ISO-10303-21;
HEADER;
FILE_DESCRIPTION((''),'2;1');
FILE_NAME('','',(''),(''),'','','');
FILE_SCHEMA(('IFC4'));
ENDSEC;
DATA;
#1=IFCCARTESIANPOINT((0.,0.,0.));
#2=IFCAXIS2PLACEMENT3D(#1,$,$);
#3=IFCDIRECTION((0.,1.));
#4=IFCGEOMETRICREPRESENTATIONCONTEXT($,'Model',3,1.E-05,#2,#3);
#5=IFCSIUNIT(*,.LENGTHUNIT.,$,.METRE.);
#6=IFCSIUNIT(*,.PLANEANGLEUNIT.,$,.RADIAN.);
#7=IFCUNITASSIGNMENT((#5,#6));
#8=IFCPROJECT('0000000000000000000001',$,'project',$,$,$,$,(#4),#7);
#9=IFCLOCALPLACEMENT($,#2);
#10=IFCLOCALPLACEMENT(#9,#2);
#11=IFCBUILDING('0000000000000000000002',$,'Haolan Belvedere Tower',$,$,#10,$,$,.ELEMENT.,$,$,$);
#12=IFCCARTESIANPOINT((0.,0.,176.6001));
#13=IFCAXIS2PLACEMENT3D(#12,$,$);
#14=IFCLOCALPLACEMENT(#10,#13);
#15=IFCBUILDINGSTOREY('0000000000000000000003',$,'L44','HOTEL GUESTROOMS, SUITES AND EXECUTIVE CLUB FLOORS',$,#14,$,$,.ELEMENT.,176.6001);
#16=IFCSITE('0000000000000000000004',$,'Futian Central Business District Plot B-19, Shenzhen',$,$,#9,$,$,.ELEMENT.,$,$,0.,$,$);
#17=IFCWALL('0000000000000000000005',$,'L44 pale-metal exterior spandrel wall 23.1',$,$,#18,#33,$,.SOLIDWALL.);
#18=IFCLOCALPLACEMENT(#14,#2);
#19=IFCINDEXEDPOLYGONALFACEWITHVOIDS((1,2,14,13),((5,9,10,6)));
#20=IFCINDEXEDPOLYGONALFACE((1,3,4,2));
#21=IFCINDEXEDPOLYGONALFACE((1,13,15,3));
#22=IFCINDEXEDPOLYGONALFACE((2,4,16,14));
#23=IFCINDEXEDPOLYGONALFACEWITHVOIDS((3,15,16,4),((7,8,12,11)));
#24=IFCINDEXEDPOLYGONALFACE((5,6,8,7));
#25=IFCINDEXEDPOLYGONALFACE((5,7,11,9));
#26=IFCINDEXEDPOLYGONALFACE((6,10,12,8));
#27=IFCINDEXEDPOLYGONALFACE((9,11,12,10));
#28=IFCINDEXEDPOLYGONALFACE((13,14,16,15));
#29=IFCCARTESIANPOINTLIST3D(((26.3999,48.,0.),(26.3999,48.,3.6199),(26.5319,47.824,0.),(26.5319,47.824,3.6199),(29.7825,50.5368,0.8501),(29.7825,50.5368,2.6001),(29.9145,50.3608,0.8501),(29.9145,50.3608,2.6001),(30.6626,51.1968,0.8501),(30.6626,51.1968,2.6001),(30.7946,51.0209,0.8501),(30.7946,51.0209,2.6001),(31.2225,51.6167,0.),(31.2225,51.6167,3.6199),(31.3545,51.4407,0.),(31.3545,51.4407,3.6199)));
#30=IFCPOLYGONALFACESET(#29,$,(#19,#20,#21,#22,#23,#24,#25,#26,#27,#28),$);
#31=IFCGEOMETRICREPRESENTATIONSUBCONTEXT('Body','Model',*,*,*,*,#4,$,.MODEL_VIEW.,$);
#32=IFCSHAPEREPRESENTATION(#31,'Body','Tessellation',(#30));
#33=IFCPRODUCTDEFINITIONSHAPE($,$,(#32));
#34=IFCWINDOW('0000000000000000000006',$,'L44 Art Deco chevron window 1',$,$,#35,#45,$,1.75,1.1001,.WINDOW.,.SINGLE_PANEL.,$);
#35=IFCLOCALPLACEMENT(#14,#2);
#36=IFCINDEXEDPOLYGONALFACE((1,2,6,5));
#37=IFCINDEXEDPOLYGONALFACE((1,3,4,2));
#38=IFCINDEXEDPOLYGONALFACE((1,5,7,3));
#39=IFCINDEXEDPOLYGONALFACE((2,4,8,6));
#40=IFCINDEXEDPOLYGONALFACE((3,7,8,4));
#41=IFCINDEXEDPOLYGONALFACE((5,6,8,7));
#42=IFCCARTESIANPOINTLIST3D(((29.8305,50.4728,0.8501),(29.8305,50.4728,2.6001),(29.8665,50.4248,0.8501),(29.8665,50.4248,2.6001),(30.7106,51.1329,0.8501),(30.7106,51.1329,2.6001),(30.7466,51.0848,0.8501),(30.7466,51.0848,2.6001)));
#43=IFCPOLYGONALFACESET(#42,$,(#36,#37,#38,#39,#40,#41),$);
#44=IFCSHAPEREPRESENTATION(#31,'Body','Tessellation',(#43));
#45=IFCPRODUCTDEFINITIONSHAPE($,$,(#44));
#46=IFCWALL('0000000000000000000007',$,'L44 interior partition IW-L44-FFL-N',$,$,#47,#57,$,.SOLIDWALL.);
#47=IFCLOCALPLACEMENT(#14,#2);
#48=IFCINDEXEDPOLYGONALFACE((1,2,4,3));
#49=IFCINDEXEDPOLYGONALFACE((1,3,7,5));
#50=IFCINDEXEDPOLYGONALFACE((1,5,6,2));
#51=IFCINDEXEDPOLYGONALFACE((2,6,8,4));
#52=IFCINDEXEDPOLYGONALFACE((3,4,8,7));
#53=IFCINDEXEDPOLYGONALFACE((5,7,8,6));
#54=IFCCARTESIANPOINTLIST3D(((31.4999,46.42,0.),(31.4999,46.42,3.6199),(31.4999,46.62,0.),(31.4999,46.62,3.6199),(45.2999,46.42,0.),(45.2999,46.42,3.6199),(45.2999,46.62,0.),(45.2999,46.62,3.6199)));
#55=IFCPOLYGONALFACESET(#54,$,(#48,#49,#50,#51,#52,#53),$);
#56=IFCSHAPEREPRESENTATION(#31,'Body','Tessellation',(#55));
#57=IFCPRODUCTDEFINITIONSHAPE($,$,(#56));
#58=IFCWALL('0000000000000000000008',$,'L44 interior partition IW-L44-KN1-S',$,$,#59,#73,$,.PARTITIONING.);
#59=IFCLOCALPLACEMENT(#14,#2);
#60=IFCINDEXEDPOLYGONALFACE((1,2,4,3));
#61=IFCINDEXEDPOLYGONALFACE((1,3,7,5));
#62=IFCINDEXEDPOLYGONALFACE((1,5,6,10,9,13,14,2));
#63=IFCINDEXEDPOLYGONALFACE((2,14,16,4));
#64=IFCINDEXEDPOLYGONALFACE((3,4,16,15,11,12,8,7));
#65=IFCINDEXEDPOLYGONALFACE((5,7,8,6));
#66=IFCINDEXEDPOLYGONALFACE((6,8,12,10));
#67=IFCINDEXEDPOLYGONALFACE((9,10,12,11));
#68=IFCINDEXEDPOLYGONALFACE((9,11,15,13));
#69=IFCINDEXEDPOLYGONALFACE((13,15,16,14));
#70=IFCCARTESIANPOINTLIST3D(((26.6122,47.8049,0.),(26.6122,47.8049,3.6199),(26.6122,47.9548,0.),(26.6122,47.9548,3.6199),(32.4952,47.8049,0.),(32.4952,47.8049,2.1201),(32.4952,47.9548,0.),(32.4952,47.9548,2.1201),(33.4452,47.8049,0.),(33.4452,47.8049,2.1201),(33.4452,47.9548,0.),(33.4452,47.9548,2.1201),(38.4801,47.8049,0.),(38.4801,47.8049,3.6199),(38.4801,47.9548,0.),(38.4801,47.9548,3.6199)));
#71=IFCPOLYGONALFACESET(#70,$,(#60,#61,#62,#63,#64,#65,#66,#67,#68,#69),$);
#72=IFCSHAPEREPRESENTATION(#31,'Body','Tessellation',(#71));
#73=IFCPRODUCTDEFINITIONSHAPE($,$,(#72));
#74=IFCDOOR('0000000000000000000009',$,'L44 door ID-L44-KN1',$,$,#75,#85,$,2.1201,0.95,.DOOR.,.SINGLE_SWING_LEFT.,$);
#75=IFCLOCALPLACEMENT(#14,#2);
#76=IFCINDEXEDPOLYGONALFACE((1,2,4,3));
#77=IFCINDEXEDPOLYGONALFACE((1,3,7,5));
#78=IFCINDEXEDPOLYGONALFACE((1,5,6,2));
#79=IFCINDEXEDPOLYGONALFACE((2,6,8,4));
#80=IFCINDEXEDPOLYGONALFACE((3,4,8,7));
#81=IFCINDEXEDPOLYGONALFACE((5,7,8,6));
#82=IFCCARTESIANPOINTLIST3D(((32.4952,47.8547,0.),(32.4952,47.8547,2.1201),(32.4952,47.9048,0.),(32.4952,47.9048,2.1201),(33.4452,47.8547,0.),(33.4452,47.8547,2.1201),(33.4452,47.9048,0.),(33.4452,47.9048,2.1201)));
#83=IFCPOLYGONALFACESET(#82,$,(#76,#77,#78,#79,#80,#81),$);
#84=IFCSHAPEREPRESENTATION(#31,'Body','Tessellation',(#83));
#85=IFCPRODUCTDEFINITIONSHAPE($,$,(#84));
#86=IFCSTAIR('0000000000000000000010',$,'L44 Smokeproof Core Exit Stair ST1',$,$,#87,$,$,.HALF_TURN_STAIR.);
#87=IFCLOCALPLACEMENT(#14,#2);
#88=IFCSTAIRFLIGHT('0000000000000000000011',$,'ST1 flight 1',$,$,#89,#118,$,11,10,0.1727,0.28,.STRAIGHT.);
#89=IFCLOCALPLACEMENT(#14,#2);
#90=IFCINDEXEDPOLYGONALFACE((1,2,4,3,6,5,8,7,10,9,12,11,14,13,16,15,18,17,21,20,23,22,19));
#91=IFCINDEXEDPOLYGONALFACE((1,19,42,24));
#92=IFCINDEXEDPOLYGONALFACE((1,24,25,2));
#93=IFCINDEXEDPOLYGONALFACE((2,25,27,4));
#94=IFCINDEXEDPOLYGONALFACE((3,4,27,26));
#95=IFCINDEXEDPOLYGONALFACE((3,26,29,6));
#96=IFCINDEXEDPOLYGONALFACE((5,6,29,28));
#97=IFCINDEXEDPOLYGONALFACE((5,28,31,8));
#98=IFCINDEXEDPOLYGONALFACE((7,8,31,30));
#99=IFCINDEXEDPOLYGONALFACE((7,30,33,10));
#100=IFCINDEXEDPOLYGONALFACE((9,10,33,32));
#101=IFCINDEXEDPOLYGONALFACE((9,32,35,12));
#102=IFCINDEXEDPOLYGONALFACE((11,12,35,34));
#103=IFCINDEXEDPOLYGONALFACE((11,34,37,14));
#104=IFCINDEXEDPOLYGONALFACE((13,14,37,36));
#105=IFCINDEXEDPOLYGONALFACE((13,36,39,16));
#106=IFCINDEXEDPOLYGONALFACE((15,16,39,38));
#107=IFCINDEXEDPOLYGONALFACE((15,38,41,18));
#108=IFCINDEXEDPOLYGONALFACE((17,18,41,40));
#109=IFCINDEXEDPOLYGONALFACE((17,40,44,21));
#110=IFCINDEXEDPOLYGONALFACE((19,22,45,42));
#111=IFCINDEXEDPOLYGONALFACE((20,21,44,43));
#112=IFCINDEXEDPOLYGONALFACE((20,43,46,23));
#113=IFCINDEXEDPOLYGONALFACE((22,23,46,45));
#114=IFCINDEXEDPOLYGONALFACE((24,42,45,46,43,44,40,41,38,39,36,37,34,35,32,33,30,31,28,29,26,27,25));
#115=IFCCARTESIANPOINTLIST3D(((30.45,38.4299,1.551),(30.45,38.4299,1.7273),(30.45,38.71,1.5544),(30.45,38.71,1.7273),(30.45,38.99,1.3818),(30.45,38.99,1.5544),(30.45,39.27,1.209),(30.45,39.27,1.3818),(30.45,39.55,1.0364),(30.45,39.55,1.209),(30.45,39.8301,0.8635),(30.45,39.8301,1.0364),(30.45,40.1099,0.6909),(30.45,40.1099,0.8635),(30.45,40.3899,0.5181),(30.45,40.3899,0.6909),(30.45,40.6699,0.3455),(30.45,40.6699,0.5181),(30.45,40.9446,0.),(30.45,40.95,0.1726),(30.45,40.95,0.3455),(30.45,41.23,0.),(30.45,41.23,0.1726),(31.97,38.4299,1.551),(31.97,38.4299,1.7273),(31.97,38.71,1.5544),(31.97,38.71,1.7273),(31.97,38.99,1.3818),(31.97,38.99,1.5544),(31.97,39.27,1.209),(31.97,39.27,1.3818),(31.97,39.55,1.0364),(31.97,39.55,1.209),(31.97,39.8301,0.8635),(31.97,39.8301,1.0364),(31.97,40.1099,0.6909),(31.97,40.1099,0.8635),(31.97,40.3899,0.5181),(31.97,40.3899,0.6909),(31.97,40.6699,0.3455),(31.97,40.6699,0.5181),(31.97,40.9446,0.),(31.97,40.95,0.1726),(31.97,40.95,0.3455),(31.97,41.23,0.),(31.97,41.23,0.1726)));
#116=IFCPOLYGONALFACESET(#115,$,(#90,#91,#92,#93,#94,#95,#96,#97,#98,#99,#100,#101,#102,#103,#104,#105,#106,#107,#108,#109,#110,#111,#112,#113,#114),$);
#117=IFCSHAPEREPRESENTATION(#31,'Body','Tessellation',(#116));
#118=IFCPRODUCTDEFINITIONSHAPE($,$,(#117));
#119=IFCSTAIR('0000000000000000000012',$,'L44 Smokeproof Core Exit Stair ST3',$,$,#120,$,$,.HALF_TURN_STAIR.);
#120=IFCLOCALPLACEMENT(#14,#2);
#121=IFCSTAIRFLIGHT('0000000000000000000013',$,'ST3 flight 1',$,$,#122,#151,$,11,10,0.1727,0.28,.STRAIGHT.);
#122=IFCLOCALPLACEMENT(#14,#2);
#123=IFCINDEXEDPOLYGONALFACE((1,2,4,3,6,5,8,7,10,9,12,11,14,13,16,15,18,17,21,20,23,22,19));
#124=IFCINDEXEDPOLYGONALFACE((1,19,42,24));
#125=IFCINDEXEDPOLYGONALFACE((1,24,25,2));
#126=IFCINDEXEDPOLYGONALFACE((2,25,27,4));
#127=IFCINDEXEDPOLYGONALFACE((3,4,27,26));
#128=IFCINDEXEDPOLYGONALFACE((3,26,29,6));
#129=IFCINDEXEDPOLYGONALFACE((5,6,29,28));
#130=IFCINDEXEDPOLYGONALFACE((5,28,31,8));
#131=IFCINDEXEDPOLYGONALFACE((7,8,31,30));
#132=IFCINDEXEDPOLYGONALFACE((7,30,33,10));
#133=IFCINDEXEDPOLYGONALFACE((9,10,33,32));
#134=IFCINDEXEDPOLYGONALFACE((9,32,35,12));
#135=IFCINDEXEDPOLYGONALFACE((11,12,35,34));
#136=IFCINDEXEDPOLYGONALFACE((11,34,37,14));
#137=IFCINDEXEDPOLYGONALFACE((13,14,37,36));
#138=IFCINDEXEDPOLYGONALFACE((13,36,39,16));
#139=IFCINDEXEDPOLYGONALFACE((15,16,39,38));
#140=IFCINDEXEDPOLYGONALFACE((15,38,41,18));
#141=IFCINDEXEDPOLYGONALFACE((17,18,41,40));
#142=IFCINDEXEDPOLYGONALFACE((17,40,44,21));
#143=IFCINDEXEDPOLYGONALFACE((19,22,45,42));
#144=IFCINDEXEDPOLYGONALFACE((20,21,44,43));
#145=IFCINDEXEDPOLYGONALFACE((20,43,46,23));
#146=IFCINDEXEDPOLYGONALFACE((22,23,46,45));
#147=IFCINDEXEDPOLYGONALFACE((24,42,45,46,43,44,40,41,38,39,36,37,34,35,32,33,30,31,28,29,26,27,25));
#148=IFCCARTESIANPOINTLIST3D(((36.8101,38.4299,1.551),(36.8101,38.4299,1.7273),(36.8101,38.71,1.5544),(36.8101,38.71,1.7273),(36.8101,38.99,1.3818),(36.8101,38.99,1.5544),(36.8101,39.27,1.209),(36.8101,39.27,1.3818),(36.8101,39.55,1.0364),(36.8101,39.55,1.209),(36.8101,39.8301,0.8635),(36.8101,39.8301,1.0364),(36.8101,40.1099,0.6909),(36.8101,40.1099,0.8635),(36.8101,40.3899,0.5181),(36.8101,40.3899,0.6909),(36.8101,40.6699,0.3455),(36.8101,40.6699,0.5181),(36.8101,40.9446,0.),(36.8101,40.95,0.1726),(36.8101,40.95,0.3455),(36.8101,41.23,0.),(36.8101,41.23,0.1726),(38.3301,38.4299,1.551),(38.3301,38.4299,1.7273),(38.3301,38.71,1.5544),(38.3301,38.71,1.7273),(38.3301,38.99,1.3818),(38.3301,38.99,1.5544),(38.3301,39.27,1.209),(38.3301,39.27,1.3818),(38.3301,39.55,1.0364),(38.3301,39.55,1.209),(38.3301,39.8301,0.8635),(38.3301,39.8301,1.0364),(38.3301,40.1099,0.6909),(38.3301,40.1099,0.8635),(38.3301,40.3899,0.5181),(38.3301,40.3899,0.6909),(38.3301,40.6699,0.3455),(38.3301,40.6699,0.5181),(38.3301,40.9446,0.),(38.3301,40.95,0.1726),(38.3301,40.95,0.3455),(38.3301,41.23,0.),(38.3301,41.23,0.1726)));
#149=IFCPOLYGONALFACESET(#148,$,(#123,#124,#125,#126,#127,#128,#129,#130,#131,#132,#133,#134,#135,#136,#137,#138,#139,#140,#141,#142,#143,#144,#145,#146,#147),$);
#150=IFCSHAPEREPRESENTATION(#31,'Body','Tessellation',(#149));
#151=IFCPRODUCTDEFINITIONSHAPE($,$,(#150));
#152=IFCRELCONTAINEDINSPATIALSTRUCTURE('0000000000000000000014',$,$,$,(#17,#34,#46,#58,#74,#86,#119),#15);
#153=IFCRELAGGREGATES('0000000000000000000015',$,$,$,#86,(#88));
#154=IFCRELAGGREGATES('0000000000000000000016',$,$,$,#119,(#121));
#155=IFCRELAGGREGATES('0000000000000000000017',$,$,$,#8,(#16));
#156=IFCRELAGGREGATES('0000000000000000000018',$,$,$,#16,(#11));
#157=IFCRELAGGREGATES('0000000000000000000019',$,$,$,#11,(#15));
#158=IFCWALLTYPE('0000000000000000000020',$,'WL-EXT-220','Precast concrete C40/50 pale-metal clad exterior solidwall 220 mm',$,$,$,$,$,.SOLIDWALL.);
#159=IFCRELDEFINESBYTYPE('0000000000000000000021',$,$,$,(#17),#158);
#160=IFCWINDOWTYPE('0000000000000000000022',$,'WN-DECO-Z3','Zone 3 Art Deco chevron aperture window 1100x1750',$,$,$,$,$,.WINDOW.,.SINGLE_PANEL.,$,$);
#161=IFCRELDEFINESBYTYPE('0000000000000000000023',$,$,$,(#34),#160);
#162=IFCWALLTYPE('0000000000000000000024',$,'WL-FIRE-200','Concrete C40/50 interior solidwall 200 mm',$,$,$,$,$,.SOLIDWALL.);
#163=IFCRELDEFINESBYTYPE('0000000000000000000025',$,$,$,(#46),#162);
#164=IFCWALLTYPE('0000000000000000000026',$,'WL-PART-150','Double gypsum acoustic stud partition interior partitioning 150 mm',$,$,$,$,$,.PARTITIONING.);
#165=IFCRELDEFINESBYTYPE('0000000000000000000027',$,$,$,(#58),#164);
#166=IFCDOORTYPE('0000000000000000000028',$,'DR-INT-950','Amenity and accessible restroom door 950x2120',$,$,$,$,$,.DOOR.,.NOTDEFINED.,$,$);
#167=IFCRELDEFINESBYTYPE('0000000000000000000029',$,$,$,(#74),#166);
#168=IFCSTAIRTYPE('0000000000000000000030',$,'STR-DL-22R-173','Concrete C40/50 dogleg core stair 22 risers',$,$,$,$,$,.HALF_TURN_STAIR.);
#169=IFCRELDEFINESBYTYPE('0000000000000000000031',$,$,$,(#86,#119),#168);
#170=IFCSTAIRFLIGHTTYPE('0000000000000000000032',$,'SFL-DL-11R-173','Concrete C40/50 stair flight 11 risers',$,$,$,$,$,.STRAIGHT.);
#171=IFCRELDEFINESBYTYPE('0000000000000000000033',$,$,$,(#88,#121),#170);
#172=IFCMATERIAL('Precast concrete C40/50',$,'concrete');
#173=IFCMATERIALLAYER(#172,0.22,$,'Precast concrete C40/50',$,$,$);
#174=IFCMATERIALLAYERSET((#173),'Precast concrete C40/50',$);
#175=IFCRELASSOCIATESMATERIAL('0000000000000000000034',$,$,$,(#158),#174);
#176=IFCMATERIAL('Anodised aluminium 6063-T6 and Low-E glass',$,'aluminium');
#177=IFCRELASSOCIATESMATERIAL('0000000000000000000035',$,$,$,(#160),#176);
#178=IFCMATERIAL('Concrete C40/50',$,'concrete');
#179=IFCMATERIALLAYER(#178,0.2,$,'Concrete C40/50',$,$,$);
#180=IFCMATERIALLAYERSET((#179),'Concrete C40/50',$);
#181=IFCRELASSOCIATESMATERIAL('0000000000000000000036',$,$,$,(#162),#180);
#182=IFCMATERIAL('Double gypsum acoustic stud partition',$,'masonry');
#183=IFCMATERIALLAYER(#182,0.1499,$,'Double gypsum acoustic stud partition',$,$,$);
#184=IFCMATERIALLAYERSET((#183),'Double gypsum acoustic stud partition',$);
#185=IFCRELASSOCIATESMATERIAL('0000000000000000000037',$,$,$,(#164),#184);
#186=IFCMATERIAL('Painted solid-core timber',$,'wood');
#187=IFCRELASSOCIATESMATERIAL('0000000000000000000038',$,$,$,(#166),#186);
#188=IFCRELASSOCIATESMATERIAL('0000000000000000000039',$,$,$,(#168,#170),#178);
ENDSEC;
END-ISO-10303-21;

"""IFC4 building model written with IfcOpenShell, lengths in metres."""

from ifc_helpers import new_model, si_unit, direction, frame, frame_2d, origin, place, context, subcontext, project, spatial, polyline, rectangle, outline, extrude, material, layer, layer_set, type_object, element, fill, aggregate, save


model = new_model("IFC4")

# Units and contexts
model_context = context("Model", 3, precision=1e-05, world=origin(), true_north=direction((0.0, 1.0)))
body_context = subcontext(model_context, "Body", "Model", "MODEL_VIEW")
ifc_project = project(units=[si_unit("LENGTHUNIT", "METRE"), si_unit("PLANEANGLEUNIT", "RADIAN")], contexts=[model_context])

# Site, building, storey
site_placement = place(None, origin())
site = spatial("IfcSite", under=ifc_project, at=site_placement, Name="Futian Central Business District Plot B-19, Shenzhen", CompositionType="ELEMENT", RefElevation=0.0)
building_placement = place(site_placement, origin())
building = spatial("IfcBuilding", under=site, at=building_placement, Name="Haolan Belvedere Tower", CompositionType="ELEMENT")
storey_placement = place(building_placement, frame((0.0, 0.0, 176.6001)))
storey = spatial("IfcBuildingStorey", under=building, at=storey_placement, Name="L44", Description="HOTEL GUESTROOMS, SUITES AND EXECUTIVE CLUB FLOORS", CompositionType="ELEMENT", Elevation=176.6001)

# Wall, opening, window
ifc_material_1 = material(Name="Precast concrete C40/50", Category="concrete")
ifc_layer_1 = layer(ifc_material_1, 0.22, Name="Precast concrete C40/50")
ifc_layer_set_1 = layer_set([ifc_layer_1], Name="Precast concrete C40/50")
wall_type_1 = type_object("IfcWallType", Name="WL-EXT-220", Description="Precast concrete C40/50 pale-metal clad exterior solidwall 220 mm", PredefinedType="SOLIDWALL", material=ifc_layer_set_1)
wall_1_placement = place(storey_placement, frame((31.2886, 51.5288, 0.0), z_axis=(0.0, 0.0, 1.0), x_axis=(-0.800015, -0.599981, 0.0)))
wall_1 = element("IfcWall", 1, at=wall_1_placement, inside=storey, type_object=wall_type_1, Name="L44 pale-metal exterior spandrel wall 23.1", PredefinedType="SOLIDWALL", context=body_context, shape_type="SweptSolid", body=[
    extrude(rectangle(XDim=6.0281, YDim=0.22, at=frame_2d((3.0142, 0.0))), origin(), (0.0, 0.0, 1.0), 3.6199),
])
opening_1_placement = place(wall_1_placement, frame((0.7, 0.0, 0.8501)))
opening_1 = element("IfcOpeningElement", 2, at=opening_1_placement, cuts=wall_1, PredefinedType="OPENING", context=body_context, shape_type="SweptSolid", body=[
    extrude(rectangle(XDim=1.1001, YDim=1.75, at=frame_2d((0.55, 0.875))), frame((0.0, 0.1199, 0.0), z_axis=(0.0, -1.0, 0.0), x_axis=(1.0, 0.0, 0.0)), (0.0, 0.0, 1.0), 0.24),
])
ifc_material_2 = material(Name="Anodised aluminium 6063-T6 and Low-E glass", Category="aluminium")
window_type = type_object("IfcWindowType", Name="WN-DECO-Z3", Description="Zone 3 Art Deco chevron aperture window 1100x1750", PartitioningType="SINGLE_PANEL", PredefinedType="WINDOW", material=ifc_material_2)
window_placement = place(opening_1_placement, origin())
window = element("IfcWindow", 3, at=window_placement, inside=storey, type_object=window_type, Name="L44 Art Deco chevron window 1", OverallHeight=1.75, OverallWidth=1.1001, PartitioningType="SINGLE_PANEL", PredefinedType="WINDOW", context=body_context, shape_type="SweptSolid", body=[
    extrude(rectangle(XDim=1.1001, YDim=1.75, at=frame_2d((0.55, 0.875))), frame((0.0, 0.03, 0.0), z_axis=(0.0, -1.0, 0.0), x_axis=(1.0, 0.0, 0.0)), (0.0, 0.0, 1.0), 0.0601),
])
fill(opening_1, window)

# Wall
ifc_material_3 = material(Name="Concrete C40/50", Category="concrete")
ifc_layer_2 = layer(ifc_material_3, 0.2, Name="Concrete C40/50")
ifc_layer_set_2 = layer_set([ifc_layer_2], Name="Concrete C40/50")
wall_type_2 = type_object("IfcWallType", Name="WL-FIRE-200", Description="Concrete C40/50 interior solidwall 200 mm", PredefinedType="SOLIDWALL", material=ifc_layer_set_2)
wall_2_placement = place(storey_placement, frame((31.5, 46.52, 0.0), z_axis=(0.0, 0.0, 1.0), x_axis=(1.0, 0.0, 0.0)))
element("IfcWall", 4, at=wall_2_placement, inside=storey, type_object=wall_type_2, Name="L44 interior partition IW-L44-FFL-N", PredefinedType="SOLIDWALL", context=body_context, shape_type="SweptSolid", body=[
    extrude(rectangle(XDim=13.8, YDim=0.2, at=frame_2d((6.8999, 0.0))), origin(), (0.0, 0.0, 1.0), 3.6199),
])

# Wall, opening, door
ifc_material_4 = material(Name="Double gypsum acoustic stud partition", Category="masonry")
ifc_layer_3 = layer(ifc_material_4, 0.1499, Name="Double gypsum acoustic stud partition")
ifc_layer_set_3 = layer_set([ifc_layer_3], Name="Double gypsum acoustic stud partition")
wall_type_3 = type_object("IfcWallType", Name="WL-PART-150", Description="Double gypsum acoustic stud partition interior partitioning 150 mm", PredefinedType="PARTITIONING", material=ifc_layer_set_3)
wall_3_placement = place(storey_placement, frame((26.6121, 47.8799, 0.0), z_axis=(0.0, 0.0, 1.0), x_axis=(1.0, 0.0, 0.0)))
wall_3 = element("IfcWall", 5, at=wall_3_placement, inside=storey, type_object=wall_type_3, Name="L44 interior partition IW-L44-KN1-S", PredefinedType="PARTITIONING", context=body_context, shape_type="SweptSolid", body=[
    extrude(rectangle(XDim=11.8679, YDim=0.1499, at=frame_2d((5.9341, 0.0))), origin(), (0.0, 0.0, 1.0), 3.6199),
])
opening_2_placement = place(wall_3_placement, frame((5.8831, 0.0, 0.0)))
opening_2 = element("IfcOpeningElement", 6, at=opening_2_placement, cuts=wall_3, PredefinedType="OPENING", context=body_context, shape_type="SweptSolid", body=[
    extrude(rectangle(XDim=0.95, YDim=2.1201, at=frame_2d((0.4751, 1.0601))), frame((0.0, 0.085, 0.0), z_axis=(0.0, -1.0, 0.0), x_axis=(1.0, 0.0, 0.0)), (0.0, 0.0, 1.0), 0.1699),
])
ifc_material_5 = material(Name="Painted solid-core timber", Category="wood")
door_type_1 = type_object("IfcDoorType", Name="DR-INT-950", Description="Amenity and accessible restroom door 950x2120", OperationType="NOTDEFINED", PredefinedType="DOOR", material=ifc_material_5)
door_1_placement = place(opening_2_placement, origin())
door_1 = element("IfcDoor", 7, at=door_1_placement, inside=storey, type_object=door_type_1, Name="L44 door ID-L44-KN1", OperationType="SINGLE_SWING_LEFT", OverallHeight=2.1201, OverallWidth=0.95, PredefinedType="DOOR", context=body_context, shape_type="SweptSolid", body=[
    extrude(rectangle(XDim=0.95, YDim=2.1201, at=frame_2d((0.4751, 1.0601))), frame((0.0, 0.0249, 0.0), z_axis=(0.0, -1.0, 0.0), x_axis=(1.0, 0.0, 0.0)), (0.0, 0.0, 1.0), 0.05),
])
fill(opening_2, door_1)

# Stairs, stair flights
stair_type = type_object("IfcStairType", Name="STR-DL-22R-173", Description="Concrete C40/50 dogleg core stair 22 risers", PredefinedType="HALF_TURN_STAIR", material=ifc_material_3)
stair_1_placement = place(storey_placement, origin())
stair_1 = element("IfcStair", 8, at=stair_1_placement, inside=storey, type_object=stair_type, Name="L44 Smokeproof Core Exit Stair ST1", PredefinedType="HALF_TURN_STAIR")
stair_flight_type = type_object("IfcStairFlightType", Name="SFL-DL-11R-173", Description="Concrete C40/50 stair flight 11 risers", PredefinedType="STRAIGHT", material=ifc_material_3)
stair_flight_1_placement = place(storey_placement, frame((31.21, 41.23, 0.0), z_axis=(0.0, 0.0, 1.0), x_axis=(0.0, -1.0, 0.0)))
stair_flight_1 = element("IfcStairFlight", 9, at=stair_flight_1_placement, type_object=stair_flight_type, Name="ST1 flight 1", NumberOfRisers=11, NumberOfTreads=10, PredefinedType="STRAIGHT", RiserHeight=0.1727, TreadLength=0.28, context=body_context, shape_type="SweptSolid", body=[
    extrude(outline(polyline([(0.0, 0.0), (0.0, 0.1726), (0.28, 0.1726), (0.28, 0.3455), (0.5601, 0.3455), (0.5601, 0.5181), (0.8401, 0.5181), (0.8401, 0.6909), (1.1201, 0.6909), (1.1201, 0.8635), (1.3999, 0.8635), (1.3999, 1.0364), (1.6799, 1.0364), (1.6799, 1.209), (1.96, 1.209), (1.96, 1.3818), (2.24, 1.3818), (2.24, 1.5544), (2.52, 1.5544), (2.52, 1.7273), (2.8, 1.7273), (2.8, 1.8999), (2.8, 1.551), (0.2854, 0.0), (0.0, 0.0)])), frame((0.0, 0.76, 0.0), z_axis=(0.0, -1.0, 0.0), x_axis=(1.0, 0.0, 0.0)), (0.0, 0.0, 1.0), 1.52),
])
aggregate(stair_1, [stair_flight_1])
stair_2_placement = place(storey_placement, origin())
stair_2 = element("IfcStair", 10, at=stair_2_placement, inside=storey, type_object=stair_type, Name="L44 Smokeproof Core Exit Stair ST3", PredefinedType="HALF_TURN_STAIR")
stair_flight_2_placement = place(storey_placement, frame((37.5701, 41.23, 0.0), z_axis=(0.0, 0.0, 1.0), x_axis=(0.0, -1.0, 0.0)))
stair_flight_2 = element("IfcStairFlight", 11, at=stair_flight_2_placement, type_object=stair_flight_type, Name="ST3 flight 1", NumberOfRisers=11, NumberOfTreads=10, PredefinedType="STRAIGHT", RiserHeight=0.1727, TreadLength=0.28, context=body_context, shape_type="SweptSolid", body=[
    extrude(outline(polyline([(0.0, 0.0), (0.0, 0.1726), (0.28, 0.1726), (0.28, 0.3455), (0.5601, 0.3455), (0.5601, 0.5181), (0.8401, 0.5181), (0.8401, 0.6909), (1.1201, 0.6909), (1.1201, 0.8635), (1.3999, 0.8635), (1.3999, 1.0364), (1.6799, 1.0364), (1.6799, 1.209), (1.96, 1.209), (1.96, 1.3818), (2.24, 1.3818), (2.24, 1.5544), (2.52, 1.5544), (2.52, 1.7273), (2.8, 1.7273), (2.8, 1.8999), (2.8, 1.551), (0.2854, 0.0), (0.0, 0.0)])), frame((0.0, 0.76, 0.0), z_axis=(0.0, -1.0, 0.0), x_axis=(1.0, 0.0, 0.0)), (0.0, 0.0, 1.0), 1.52),
])
aggregate(stair_2, [stair_flight_2])

save(model, "model.ifc")
